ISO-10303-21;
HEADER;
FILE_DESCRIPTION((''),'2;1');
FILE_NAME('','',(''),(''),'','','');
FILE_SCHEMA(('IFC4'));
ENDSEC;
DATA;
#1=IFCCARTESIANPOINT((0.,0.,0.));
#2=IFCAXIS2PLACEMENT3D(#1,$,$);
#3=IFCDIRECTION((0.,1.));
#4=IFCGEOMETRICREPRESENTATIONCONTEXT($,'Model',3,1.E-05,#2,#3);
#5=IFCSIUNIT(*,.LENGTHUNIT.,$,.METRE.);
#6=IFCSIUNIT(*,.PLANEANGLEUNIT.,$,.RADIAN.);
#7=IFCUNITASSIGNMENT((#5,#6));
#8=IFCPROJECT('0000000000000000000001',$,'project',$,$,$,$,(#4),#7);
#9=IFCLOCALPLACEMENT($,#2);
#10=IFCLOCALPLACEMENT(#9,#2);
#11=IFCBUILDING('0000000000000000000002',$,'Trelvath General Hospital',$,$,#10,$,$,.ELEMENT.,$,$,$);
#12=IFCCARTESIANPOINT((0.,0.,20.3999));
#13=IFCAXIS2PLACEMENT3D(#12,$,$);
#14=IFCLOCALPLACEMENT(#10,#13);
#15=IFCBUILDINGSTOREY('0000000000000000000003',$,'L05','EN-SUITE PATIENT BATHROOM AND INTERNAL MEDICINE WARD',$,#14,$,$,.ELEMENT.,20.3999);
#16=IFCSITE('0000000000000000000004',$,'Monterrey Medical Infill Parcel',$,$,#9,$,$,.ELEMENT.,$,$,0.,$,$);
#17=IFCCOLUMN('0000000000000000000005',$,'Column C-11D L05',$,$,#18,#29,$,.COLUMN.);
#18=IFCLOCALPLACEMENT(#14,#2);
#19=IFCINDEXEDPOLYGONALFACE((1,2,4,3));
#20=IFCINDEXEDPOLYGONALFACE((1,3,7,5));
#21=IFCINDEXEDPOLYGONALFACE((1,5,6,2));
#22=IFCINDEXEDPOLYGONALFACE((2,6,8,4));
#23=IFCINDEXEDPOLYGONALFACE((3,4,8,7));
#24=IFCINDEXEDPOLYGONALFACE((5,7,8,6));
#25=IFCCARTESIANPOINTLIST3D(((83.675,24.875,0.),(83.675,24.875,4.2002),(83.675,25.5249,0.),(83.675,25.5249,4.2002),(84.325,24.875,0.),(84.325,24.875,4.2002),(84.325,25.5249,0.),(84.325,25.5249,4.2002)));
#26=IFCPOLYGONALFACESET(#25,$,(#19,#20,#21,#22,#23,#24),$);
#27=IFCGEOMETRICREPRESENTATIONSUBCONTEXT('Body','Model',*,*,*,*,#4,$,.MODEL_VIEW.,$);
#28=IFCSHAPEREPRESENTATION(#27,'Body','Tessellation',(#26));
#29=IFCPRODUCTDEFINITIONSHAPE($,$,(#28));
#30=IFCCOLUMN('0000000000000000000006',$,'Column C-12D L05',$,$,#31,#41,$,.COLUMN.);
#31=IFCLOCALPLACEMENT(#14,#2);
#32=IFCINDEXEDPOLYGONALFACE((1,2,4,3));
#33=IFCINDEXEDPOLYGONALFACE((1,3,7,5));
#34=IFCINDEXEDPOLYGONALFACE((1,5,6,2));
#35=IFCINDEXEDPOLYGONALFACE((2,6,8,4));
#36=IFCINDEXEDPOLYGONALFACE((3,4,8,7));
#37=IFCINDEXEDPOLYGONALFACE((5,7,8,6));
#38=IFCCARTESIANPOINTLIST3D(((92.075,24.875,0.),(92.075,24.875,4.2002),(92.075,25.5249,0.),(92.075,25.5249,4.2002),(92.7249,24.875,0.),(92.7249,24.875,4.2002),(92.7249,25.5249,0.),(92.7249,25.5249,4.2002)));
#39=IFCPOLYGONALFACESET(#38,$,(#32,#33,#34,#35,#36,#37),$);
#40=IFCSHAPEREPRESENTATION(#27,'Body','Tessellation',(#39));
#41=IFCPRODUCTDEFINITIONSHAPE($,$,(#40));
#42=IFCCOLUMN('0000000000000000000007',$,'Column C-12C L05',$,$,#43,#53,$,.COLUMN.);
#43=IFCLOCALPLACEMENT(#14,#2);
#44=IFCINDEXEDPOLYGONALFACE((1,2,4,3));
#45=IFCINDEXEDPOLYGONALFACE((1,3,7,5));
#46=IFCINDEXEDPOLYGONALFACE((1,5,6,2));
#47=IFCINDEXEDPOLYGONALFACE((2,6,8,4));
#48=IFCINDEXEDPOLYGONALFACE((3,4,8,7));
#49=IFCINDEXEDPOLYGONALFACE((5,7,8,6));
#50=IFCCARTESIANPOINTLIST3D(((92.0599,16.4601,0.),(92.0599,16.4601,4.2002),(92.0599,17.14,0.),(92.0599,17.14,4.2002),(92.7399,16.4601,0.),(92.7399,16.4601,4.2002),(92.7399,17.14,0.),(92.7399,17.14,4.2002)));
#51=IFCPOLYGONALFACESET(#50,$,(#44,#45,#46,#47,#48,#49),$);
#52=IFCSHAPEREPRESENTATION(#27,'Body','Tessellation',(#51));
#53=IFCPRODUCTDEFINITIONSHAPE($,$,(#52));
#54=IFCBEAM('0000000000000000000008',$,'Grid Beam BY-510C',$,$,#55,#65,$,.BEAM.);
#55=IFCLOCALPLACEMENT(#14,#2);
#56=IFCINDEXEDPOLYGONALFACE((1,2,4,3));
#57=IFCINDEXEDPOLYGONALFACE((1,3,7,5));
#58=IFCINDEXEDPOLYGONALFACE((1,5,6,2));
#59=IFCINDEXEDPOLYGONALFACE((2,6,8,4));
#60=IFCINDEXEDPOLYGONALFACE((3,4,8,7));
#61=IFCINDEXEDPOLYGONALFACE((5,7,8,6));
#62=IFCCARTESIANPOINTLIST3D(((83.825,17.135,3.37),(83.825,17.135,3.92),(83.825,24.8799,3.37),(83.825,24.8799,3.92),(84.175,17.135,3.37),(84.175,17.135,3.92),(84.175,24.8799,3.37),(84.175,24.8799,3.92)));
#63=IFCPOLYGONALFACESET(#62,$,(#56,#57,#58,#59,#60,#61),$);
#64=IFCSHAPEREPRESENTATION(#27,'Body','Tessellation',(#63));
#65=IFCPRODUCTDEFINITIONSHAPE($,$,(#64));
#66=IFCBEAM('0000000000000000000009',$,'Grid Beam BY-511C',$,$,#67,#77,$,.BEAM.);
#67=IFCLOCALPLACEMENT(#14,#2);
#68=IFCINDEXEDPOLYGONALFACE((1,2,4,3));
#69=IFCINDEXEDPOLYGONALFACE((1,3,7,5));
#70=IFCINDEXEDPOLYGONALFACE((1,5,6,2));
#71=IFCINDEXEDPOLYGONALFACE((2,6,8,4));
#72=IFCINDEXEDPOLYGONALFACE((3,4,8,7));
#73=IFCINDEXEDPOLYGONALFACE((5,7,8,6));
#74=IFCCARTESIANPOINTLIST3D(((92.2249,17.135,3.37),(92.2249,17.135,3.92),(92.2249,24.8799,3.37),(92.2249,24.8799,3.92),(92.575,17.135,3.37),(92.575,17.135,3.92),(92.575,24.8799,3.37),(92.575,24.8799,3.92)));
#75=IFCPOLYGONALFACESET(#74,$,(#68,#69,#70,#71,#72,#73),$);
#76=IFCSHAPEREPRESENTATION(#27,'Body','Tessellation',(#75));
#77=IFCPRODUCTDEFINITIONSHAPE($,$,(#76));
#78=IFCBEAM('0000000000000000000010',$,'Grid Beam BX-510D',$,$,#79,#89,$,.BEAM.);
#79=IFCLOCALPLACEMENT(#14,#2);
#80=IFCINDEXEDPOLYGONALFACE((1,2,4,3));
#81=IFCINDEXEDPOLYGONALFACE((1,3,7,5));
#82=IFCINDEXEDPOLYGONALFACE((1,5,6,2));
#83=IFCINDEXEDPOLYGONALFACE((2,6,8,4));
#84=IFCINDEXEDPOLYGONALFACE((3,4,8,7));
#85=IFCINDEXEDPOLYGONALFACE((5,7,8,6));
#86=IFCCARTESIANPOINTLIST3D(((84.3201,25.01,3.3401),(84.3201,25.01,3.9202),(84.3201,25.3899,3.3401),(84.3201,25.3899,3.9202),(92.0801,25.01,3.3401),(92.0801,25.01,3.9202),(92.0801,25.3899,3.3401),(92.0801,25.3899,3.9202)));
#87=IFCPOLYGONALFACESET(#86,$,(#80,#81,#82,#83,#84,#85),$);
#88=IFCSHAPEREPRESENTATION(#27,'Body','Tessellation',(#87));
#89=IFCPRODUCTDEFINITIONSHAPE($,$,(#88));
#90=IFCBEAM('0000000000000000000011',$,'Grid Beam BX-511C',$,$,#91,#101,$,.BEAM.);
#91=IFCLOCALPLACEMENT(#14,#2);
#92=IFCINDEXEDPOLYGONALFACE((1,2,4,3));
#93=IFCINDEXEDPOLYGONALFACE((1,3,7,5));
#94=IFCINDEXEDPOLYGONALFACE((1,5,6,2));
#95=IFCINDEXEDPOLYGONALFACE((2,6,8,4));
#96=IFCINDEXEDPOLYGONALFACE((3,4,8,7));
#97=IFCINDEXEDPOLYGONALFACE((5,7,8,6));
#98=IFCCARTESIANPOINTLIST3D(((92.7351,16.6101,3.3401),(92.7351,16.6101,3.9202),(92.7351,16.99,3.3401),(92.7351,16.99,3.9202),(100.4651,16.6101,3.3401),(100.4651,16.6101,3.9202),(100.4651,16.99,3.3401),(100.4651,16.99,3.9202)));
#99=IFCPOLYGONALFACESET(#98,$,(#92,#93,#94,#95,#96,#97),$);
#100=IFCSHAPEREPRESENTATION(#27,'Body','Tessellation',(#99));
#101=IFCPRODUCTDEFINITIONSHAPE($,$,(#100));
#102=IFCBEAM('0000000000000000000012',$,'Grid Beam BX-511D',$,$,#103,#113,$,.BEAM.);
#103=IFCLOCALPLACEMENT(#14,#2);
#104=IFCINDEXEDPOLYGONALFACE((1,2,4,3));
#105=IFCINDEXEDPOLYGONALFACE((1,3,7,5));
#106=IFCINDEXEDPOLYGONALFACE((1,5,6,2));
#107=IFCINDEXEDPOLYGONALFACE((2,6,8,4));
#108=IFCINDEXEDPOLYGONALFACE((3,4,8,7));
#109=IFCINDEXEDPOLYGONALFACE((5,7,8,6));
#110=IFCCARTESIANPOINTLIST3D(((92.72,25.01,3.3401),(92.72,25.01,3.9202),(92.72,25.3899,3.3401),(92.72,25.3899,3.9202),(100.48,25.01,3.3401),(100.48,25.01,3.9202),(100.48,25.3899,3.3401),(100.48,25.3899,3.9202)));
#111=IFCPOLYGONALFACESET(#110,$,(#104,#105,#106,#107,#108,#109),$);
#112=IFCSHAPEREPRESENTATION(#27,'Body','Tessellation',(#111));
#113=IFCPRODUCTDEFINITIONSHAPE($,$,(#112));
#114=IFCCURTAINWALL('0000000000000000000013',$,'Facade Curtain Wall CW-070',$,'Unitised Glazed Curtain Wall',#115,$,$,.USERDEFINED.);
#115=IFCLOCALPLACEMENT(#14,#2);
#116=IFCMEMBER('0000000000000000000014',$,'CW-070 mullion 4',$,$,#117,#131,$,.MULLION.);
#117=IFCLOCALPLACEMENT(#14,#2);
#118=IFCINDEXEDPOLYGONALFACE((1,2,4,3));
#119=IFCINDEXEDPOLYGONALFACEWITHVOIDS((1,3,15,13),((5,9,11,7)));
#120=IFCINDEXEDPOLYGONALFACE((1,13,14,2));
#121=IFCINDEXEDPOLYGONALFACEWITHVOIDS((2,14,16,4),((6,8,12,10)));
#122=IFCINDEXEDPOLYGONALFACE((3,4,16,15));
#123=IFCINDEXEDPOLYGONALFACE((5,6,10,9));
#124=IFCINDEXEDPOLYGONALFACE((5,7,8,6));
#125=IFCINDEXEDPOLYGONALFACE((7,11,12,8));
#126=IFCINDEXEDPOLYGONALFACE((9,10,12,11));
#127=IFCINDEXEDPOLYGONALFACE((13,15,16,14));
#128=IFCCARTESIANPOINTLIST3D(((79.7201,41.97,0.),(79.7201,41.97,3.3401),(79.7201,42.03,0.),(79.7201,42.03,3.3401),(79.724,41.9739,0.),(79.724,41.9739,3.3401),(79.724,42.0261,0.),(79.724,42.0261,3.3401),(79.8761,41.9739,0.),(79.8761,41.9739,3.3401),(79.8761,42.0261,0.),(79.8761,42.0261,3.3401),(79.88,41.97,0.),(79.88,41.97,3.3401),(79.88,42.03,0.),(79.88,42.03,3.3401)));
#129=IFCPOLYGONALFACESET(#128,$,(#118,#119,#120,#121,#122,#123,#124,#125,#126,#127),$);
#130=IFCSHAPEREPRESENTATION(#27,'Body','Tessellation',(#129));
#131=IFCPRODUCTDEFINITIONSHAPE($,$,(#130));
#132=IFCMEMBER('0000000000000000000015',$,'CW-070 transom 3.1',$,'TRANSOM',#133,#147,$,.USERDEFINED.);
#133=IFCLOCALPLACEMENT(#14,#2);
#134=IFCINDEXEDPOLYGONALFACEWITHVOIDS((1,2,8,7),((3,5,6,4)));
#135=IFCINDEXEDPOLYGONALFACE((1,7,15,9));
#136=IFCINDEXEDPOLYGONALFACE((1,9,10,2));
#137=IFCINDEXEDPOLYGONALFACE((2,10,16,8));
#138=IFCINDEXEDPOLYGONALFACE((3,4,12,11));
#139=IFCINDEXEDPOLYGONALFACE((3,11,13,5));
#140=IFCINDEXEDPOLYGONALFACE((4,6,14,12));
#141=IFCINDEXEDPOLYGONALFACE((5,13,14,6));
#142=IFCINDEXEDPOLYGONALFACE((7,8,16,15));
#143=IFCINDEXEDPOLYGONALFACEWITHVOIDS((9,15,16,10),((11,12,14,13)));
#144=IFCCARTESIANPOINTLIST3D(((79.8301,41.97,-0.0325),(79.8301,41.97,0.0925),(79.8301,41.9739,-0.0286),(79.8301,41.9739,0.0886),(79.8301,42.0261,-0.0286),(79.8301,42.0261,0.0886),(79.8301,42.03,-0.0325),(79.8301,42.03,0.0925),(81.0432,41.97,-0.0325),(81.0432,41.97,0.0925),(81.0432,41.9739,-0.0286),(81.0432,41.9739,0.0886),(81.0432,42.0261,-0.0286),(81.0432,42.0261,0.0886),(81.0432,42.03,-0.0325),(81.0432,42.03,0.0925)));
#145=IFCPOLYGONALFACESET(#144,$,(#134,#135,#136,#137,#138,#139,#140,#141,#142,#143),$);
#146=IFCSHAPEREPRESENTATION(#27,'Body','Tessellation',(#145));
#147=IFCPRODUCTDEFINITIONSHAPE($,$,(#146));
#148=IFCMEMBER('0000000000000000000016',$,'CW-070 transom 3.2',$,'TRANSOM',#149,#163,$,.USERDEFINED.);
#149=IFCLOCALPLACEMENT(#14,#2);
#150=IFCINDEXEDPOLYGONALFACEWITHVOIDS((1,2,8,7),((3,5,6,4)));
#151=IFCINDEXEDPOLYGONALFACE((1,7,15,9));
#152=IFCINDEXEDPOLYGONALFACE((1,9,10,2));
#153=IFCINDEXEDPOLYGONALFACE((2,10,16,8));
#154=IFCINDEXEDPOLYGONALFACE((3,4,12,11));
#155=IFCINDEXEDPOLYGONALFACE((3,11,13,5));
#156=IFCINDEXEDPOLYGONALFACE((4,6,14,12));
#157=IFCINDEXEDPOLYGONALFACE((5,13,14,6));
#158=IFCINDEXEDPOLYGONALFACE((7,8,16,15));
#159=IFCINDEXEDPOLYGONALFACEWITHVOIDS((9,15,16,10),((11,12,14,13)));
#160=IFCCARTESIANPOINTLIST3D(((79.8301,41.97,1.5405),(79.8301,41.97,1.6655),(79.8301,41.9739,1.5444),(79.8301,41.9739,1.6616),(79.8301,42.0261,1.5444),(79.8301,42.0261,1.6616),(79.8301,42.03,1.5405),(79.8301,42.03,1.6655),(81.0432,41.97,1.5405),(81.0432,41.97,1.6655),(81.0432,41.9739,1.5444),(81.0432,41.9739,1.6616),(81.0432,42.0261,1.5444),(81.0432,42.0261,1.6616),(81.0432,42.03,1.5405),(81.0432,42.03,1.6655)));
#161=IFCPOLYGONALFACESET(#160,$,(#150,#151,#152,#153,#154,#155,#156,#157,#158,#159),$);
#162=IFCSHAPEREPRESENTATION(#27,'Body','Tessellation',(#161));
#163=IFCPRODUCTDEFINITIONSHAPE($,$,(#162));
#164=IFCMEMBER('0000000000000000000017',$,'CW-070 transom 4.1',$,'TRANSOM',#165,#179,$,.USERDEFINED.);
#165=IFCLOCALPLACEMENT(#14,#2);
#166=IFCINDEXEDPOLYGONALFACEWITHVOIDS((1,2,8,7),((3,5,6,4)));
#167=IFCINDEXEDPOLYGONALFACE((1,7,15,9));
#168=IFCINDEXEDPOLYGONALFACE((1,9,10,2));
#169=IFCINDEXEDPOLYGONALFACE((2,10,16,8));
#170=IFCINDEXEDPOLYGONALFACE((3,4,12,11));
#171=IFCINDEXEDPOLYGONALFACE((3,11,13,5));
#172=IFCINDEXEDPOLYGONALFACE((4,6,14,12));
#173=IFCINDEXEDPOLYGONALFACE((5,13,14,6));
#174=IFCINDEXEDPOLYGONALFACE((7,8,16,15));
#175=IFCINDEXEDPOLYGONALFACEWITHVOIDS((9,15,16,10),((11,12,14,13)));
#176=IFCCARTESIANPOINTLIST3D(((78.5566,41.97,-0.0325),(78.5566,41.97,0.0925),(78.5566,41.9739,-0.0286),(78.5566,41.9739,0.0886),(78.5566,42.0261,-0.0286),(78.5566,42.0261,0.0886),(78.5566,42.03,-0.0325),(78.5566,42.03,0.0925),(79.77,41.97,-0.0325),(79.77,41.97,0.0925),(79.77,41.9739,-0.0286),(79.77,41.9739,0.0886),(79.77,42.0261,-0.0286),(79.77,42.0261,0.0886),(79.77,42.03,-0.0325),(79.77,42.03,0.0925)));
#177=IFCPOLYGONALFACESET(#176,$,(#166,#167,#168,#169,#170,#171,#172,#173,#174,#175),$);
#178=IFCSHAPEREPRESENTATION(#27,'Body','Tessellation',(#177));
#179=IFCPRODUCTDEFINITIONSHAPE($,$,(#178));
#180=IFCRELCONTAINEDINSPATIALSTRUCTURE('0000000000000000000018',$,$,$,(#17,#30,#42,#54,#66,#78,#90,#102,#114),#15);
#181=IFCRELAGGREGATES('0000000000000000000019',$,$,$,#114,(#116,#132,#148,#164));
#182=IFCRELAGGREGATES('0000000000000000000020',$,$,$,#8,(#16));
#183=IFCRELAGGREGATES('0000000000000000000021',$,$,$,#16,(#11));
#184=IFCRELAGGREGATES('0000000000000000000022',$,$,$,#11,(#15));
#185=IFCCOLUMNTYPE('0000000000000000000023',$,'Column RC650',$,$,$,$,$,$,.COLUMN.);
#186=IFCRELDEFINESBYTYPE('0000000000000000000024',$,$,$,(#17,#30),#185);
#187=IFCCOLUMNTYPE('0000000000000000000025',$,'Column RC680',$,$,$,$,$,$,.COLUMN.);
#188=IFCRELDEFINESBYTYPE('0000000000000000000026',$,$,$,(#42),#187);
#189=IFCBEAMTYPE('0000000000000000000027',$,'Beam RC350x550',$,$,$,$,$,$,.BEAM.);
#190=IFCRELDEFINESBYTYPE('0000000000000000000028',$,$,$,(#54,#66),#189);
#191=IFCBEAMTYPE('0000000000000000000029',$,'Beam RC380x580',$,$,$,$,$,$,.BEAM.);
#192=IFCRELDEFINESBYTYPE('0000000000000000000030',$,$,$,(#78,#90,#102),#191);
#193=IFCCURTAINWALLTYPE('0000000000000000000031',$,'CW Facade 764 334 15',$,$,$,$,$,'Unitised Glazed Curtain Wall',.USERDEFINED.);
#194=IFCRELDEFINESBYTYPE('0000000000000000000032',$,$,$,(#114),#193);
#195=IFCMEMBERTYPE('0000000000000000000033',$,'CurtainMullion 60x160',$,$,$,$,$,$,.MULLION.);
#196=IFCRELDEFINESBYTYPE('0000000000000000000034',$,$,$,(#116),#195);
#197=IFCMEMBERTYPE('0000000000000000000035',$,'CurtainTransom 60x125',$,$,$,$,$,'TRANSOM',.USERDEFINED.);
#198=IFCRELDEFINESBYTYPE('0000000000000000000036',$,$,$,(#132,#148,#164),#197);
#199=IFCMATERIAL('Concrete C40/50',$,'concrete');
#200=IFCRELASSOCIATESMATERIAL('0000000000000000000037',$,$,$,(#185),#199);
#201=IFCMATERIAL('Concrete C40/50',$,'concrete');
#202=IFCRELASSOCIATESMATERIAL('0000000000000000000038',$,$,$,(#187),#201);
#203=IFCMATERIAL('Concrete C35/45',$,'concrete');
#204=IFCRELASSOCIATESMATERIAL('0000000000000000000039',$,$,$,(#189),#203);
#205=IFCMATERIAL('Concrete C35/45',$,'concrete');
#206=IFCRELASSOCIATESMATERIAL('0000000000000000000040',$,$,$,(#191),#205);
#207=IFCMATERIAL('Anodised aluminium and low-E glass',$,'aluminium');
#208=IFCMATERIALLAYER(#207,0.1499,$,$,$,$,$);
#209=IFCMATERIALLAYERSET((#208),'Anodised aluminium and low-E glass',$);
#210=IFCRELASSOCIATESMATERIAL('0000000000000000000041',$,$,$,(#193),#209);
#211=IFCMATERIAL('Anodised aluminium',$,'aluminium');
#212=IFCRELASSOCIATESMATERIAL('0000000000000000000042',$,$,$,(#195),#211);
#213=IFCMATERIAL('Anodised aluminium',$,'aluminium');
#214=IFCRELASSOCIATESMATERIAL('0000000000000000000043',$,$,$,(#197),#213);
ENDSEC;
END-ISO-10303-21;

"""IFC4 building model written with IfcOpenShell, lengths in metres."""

from ifc_helpers import new_model, si_unit, direction, frame, origin, origin_2d, place, context, subcontext, project, spatial, rectangle, hollow_rectangle, extrude, material, layer, layer_set, material_profile, profile_set, type_object, element, aggregate, save


model = new_model("IFC4")

# Units and contexts
model_context = context("Model", 3, precision=1e-05, world=origin(), true_north=direction((0.0, 1.0)))
body_context = subcontext(model_context, "Body", "Model", "MODEL_VIEW")
ifc_project = project(units=[si_unit("LENGTHUNIT", "METRE"), si_unit("PLANEANGLEUNIT", "RADIAN")], contexts=[model_context])

# Site, building, storey
site_placement = place(None, origin())
site = spatial("IfcSite", under=ifc_project, at=site_placement, Name="Monterrey Medical Infill Parcel", CompositionType="ELEMENT", RefElevation=0.0)
building_placement = place(site_placement, origin())
building = spatial("IfcBuilding", under=site, at=building_placement, Name="Trelvath General Hospital", CompositionType="ELEMENT")
storey_placement = place(building_placement, frame((0.0, 0.0, 20.3999)))
storey = spatial("IfcBuildingStorey", under=building, at=storey_placement, Name="L05", Description="EN-SUITE PATIENT BATHROOM AND INTERNAL MEDICINE WARD", CompositionType="ELEMENT", Elevation=20.3999)

# Columns
ifc_material_1 = material(Name="Concrete C40/50", Category="concrete")
ifc_material_profile_1 = material_profile(ifc_material_1, rectangle(XDim=0.6499, YDim=0.6499, at=origin_2d()), Name="RC650x650")
ifc_profile_set_1 = profile_set([ifc_material_profile_1], Name="Concrete C40/50")
column_type_1 = type_object("IfcColumnType", Name="Column RC650", PredefinedType="COLUMN", material=ifc_profile_set_1)
for number, where, z_axis, x_axis, name in (
    (1, (84.0, 25.2, 0.0), (0.0, 0.0, 1.0), (1.0, 0.0, 0.0), "Column C-11D L05"),
    (2, (92.3999, 25.2, 0.0), (0.0, 0.0, 1.0), (1.0, 0.0, 0.0), "Column C-12D L05"),
):
    element("IfcColumn", number, at=place(storey_placement, frame(where, z_axis=z_axis, x_axis=x_axis)), inside=storey, type_object=column_type_1, Name=name, PredefinedType="COLUMN", context=body_context, shape_type="SweptSolid", body=[
        extrude(rectangle(XDim=0.6499, YDim=0.6499, at=origin_2d()), origin(), (0.0, 0.0, 1.0), 4.2002),
    ])
ifc_material_2 = material(Name="Concrete C40/50", Category="concrete")
ifc_material_profile_2 = material_profile(ifc_material_2, rectangle(XDim=0.6799, YDim=0.6799, at=origin_2d()), Name="RC680x680")
ifc_profile_set_2 = profile_set([ifc_material_profile_2], Name="Concrete C40/50")
column_type_2 = type_object("IfcColumnType", Name="Column RC680", PredefinedType="COLUMN", material=ifc_profile_set_2)
column_placement = place(storey_placement, frame((92.3999, 16.8, 0.0), z_axis=(0.0, 0.0, 1.0), x_axis=(1.0, 0.0, 0.0)))
element("IfcColumn", 3, at=column_placement, inside=storey, type_object=column_type_2, Name="Column C-12C L05", PredefinedType="COLUMN", context=body_context, shape_type="SweptSolid", body=[
    extrude(rectangle(XDim=0.6799, YDim=0.6799, at=origin_2d()), origin(), (0.0, 0.0, 1.0), 4.2002),
])

# Beams
ifc_material_3 = material(Name="Concrete C35/45", Category="concrete")
ifc_material_profile_3 = material_profile(ifc_material_3, rectangle(XDim=0.3501, YDim=0.55, at=origin_2d()), Name="RCB350x550")
ifc_profile_set_3 = profile_set([ifc_material_profile_3], Name="Concrete C35/45")
beam_type_1 = type_object("IfcBeamType", Name="Beam RC350x550", PredefinedType="BEAM", material=ifc_profile_set_3)
for number, where, z_axis, x_axis, name in (
    (4, (84.0, 17.135, 3.645), (0.0, 1.0, 0.0), (-1.0, 0.0, 0.0), "Grid Beam BY-510C"),
    (5, (92.3999, 17.135, 3.645), (0.0, 1.0, 0.0), (-1.0, 0.0, 0.0), "Grid Beam BY-511C"),
):
    element("IfcBeam", number, at=place(storey_placement, frame(where, z_axis=z_axis, x_axis=x_axis)), inside=storey, type_object=beam_type_1, Name=name, PredefinedType="BEAM", context=body_context, shape_type="SweptSolid", body=[
        extrude(rectangle(XDim=0.3501, YDim=0.55, at=origin_2d()), origin(), (0.0, 0.0, 1.0), 7.7449),
    ])
ifc_material_4 = material(Name="Concrete C35/45", Category="concrete")
ifc_material_profile_4 = material_profile(ifc_material_4, rectangle(XDim=0.3799, YDim=0.5801, at=origin_2d()), Name="RCB380x580")
ifc_profile_set_4 = profile_set([ifc_material_profile_4], Name="Concrete C35/45")
beam_type_2 = type_object("IfcBeamType", Name="Beam RC380x580", PredefinedType="BEAM", material=ifc_profile_set_4)
beam_1_placement = place(storey_placement, frame((84.3201, 25.2, 3.6301), z_axis=(1.0, 0.0, 0.0), x_axis=(0.0, 1.0, 0.0)))
element("IfcBeam", 6, at=beam_1_placement, inside=storey, type_object=beam_type_2, Name="Grid Beam BX-510D", PredefinedType="BEAM", context=body_context, shape_type="SweptSolid", body=[
    extrude(rectangle(XDim=0.3799, YDim=0.5801, at=origin_2d()), origin(), (0.0, 0.0, 1.0), 7.76),
])
beam_2_placement = place(storey_placement, frame((92.7351, 16.8, 3.6301), z_axis=(1.0, 0.0, 0.0), x_axis=(0.0, 1.0, 0.0)))
element("IfcBeam", 7, at=beam_2_placement, inside=storey, type_object=beam_type_2, Name="Grid Beam BX-511C", PredefinedType="BEAM", context=body_context, shape_type="SweptSolid", body=[
    extrude(rectangle(XDim=0.3799, YDim=0.5801, at=origin_2d()), origin(), (0.0, 0.0, 1.0), 7.73),
])
beam_3_placement = place(storey_placement, frame((92.72, 25.2, 3.6301), z_axis=(1.0, 0.0, 0.0), x_axis=(0.0, 1.0, 0.0)))
element("IfcBeam", 8, at=beam_3_placement, inside=storey, type_object=beam_type_2, Name="Grid Beam BX-511D", PredefinedType="BEAM", context=body_context, shape_type="SweptSolid", body=[
    extrude(rectangle(XDim=0.3799, YDim=0.5801, at=origin_2d()), origin(), (0.0, 0.0, 1.0), 7.76),
])

# Curtain wall, members
ifc_material_5 = material(Name="Anodised aluminium and low-E glass", Category="aluminium")
ifc_layer_1 = layer(ifc_material_5, 0.1499)
ifc_layer_set_1 = layer_set([ifc_layer_1], Name="Anodised aluminium and low-E glass")
curtain_wall_type = type_object("IfcCurtainWallType", Name="CW Facade 764 334 15", ElementType="Unitised Glazed Curtain Wall", PredefinedType="USERDEFINED", material=ifc_layer_set_1)
curtain_wall_placement = place(storey_placement, origin())
curtain_wall = element("IfcCurtainWall", 9, at=curtain_wall_placement, inside=storey, type_object=curtain_wall_type, Name="Facade Curtain Wall CW-070", ObjectType="Unitised Glazed Curtain Wall", PredefinedType="USERDEFINED")
ifc_material_6 = material(Name="Anodised aluminium", Category="aluminium")
ifc_material_profile_5 = material_profile(ifc_material_6, hollow_rectangle(XDim=0.0601, YDim=0.1599, WallThickness=0.0039, at=origin_2d()), Name="RHS60x160x4")
ifc_profile_set_5 = profile_set([ifc_material_profile_5], Name="Anodised aluminium")
member_type_1 = type_object("IfcMemberType", Name="CurtainMullion 60x160", PredefinedType="MULLION", material=ifc_profile_set_5)
member_1_placement = place(storey_placement, frame((79.8, 42.0, 0.0), z_axis=(0.0, 0.0, 1.0), x_axis=(0.0, -1.0, 0.0)))
member_1 = element("IfcMember", 10, at=member_1_placement, type_object=member_type_1, Name="CW-070 mullion 4", PredefinedType="MULLION", context=body_context, shape_type="SweptSolid", body=[
    extrude(hollow_rectangle(XDim=0.0601, YDim=0.1599, WallThickness=0.0039, at=origin_2d()), origin(), (0.0, 0.0, 1.0), 3.3401),
])
ifc_material_7 = material(Name="Anodised aluminium", Category="aluminium")
ifc_material_profile_6 = material_profile(ifc_material_7, hollow_rectangle(XDim=0.0601, YDim=0.125, WallThickness=0.0039, at=origin_2d()), Name="RHS60x125x4")
ifc_profile_set_6 = profile_set([ifc_material_profile_6], Name="Anodised aluminium")
member_type_2 = type_object("IfcMemberType", Name="CurtainTransom 60x125", ElementType="TRANSOM", PredefinedType="USERDEFINED", material=ifc_profile_set_6)
member_2_placement = place(storey_placement, frame((81.0432, 42.0, 0.03), z_axis=(-1.0, 0.0, 0.0), x_axis=(0.0, -1.0, 0.0)))
member_2 = element("IfcMember", 11, at=member_2_placement, type_object=member_type_2, Name="CW-070 transom 3.1", ObjectType="TRANSOM", PredefinedType="USERDEFINED", context=body_context, shape_type="SweptSolid", body=[
    extrude(hollow_rectangle(XDim=0.0601, YDim=0.125, WallThickness=0.0039, at=origin_2d()), origin(), (0.0, 0.0, 1.0), 1.2131),
])
member_3_placement = place(storey_placement, frame((81.0432, 42.0, 1.603), z_axis=(-1.0, 0.0, 0.0), x_axis=(0.0, -1.0, 0.0)))
member_3 = element("IfcMember", 12, at=member_3_placement, type_object=member_type_2, Name="CW-070 transom 3.2", ObjectType="TRANSOM", PredefinedType="USERDEFINED", context=body_context, shape_type="SweptSolid", body=[
    extrude(hollow_rectangle(XDim=0.0601, YDim=0.125, WallThickness=0.0039, at=origin_2d()), origin(), (0.0, 0.0, 1.0), 1.2131),
])
member_4_placement = place(storey_placement, frame((79.77, 42.0, 0.03), z_axis=(-1.0, 0.0, 0.0), x_axis=(0.0, -1.0, 0.0)))
member_4 = element("IfcMember", 13, at=member_4_placement, type_object=member_type_2, Name="CW-070 transom 4.1", ObjectType="TRANSOM", PredefinedType="USERDEFINED", context=body_context, shape_type="SweptSolid", body=[
    extrude(hollow_rectangle(XDim=0.0601, YDim=0.125, WallThickness=0.0039, at=origin_2d()), origin(), (0.0, 0.0, 1.0), 1.2134),
])

aggregate(curtain_wall, [member_1, member_2, member_3, member_4])

save(model, "model.ifc")
